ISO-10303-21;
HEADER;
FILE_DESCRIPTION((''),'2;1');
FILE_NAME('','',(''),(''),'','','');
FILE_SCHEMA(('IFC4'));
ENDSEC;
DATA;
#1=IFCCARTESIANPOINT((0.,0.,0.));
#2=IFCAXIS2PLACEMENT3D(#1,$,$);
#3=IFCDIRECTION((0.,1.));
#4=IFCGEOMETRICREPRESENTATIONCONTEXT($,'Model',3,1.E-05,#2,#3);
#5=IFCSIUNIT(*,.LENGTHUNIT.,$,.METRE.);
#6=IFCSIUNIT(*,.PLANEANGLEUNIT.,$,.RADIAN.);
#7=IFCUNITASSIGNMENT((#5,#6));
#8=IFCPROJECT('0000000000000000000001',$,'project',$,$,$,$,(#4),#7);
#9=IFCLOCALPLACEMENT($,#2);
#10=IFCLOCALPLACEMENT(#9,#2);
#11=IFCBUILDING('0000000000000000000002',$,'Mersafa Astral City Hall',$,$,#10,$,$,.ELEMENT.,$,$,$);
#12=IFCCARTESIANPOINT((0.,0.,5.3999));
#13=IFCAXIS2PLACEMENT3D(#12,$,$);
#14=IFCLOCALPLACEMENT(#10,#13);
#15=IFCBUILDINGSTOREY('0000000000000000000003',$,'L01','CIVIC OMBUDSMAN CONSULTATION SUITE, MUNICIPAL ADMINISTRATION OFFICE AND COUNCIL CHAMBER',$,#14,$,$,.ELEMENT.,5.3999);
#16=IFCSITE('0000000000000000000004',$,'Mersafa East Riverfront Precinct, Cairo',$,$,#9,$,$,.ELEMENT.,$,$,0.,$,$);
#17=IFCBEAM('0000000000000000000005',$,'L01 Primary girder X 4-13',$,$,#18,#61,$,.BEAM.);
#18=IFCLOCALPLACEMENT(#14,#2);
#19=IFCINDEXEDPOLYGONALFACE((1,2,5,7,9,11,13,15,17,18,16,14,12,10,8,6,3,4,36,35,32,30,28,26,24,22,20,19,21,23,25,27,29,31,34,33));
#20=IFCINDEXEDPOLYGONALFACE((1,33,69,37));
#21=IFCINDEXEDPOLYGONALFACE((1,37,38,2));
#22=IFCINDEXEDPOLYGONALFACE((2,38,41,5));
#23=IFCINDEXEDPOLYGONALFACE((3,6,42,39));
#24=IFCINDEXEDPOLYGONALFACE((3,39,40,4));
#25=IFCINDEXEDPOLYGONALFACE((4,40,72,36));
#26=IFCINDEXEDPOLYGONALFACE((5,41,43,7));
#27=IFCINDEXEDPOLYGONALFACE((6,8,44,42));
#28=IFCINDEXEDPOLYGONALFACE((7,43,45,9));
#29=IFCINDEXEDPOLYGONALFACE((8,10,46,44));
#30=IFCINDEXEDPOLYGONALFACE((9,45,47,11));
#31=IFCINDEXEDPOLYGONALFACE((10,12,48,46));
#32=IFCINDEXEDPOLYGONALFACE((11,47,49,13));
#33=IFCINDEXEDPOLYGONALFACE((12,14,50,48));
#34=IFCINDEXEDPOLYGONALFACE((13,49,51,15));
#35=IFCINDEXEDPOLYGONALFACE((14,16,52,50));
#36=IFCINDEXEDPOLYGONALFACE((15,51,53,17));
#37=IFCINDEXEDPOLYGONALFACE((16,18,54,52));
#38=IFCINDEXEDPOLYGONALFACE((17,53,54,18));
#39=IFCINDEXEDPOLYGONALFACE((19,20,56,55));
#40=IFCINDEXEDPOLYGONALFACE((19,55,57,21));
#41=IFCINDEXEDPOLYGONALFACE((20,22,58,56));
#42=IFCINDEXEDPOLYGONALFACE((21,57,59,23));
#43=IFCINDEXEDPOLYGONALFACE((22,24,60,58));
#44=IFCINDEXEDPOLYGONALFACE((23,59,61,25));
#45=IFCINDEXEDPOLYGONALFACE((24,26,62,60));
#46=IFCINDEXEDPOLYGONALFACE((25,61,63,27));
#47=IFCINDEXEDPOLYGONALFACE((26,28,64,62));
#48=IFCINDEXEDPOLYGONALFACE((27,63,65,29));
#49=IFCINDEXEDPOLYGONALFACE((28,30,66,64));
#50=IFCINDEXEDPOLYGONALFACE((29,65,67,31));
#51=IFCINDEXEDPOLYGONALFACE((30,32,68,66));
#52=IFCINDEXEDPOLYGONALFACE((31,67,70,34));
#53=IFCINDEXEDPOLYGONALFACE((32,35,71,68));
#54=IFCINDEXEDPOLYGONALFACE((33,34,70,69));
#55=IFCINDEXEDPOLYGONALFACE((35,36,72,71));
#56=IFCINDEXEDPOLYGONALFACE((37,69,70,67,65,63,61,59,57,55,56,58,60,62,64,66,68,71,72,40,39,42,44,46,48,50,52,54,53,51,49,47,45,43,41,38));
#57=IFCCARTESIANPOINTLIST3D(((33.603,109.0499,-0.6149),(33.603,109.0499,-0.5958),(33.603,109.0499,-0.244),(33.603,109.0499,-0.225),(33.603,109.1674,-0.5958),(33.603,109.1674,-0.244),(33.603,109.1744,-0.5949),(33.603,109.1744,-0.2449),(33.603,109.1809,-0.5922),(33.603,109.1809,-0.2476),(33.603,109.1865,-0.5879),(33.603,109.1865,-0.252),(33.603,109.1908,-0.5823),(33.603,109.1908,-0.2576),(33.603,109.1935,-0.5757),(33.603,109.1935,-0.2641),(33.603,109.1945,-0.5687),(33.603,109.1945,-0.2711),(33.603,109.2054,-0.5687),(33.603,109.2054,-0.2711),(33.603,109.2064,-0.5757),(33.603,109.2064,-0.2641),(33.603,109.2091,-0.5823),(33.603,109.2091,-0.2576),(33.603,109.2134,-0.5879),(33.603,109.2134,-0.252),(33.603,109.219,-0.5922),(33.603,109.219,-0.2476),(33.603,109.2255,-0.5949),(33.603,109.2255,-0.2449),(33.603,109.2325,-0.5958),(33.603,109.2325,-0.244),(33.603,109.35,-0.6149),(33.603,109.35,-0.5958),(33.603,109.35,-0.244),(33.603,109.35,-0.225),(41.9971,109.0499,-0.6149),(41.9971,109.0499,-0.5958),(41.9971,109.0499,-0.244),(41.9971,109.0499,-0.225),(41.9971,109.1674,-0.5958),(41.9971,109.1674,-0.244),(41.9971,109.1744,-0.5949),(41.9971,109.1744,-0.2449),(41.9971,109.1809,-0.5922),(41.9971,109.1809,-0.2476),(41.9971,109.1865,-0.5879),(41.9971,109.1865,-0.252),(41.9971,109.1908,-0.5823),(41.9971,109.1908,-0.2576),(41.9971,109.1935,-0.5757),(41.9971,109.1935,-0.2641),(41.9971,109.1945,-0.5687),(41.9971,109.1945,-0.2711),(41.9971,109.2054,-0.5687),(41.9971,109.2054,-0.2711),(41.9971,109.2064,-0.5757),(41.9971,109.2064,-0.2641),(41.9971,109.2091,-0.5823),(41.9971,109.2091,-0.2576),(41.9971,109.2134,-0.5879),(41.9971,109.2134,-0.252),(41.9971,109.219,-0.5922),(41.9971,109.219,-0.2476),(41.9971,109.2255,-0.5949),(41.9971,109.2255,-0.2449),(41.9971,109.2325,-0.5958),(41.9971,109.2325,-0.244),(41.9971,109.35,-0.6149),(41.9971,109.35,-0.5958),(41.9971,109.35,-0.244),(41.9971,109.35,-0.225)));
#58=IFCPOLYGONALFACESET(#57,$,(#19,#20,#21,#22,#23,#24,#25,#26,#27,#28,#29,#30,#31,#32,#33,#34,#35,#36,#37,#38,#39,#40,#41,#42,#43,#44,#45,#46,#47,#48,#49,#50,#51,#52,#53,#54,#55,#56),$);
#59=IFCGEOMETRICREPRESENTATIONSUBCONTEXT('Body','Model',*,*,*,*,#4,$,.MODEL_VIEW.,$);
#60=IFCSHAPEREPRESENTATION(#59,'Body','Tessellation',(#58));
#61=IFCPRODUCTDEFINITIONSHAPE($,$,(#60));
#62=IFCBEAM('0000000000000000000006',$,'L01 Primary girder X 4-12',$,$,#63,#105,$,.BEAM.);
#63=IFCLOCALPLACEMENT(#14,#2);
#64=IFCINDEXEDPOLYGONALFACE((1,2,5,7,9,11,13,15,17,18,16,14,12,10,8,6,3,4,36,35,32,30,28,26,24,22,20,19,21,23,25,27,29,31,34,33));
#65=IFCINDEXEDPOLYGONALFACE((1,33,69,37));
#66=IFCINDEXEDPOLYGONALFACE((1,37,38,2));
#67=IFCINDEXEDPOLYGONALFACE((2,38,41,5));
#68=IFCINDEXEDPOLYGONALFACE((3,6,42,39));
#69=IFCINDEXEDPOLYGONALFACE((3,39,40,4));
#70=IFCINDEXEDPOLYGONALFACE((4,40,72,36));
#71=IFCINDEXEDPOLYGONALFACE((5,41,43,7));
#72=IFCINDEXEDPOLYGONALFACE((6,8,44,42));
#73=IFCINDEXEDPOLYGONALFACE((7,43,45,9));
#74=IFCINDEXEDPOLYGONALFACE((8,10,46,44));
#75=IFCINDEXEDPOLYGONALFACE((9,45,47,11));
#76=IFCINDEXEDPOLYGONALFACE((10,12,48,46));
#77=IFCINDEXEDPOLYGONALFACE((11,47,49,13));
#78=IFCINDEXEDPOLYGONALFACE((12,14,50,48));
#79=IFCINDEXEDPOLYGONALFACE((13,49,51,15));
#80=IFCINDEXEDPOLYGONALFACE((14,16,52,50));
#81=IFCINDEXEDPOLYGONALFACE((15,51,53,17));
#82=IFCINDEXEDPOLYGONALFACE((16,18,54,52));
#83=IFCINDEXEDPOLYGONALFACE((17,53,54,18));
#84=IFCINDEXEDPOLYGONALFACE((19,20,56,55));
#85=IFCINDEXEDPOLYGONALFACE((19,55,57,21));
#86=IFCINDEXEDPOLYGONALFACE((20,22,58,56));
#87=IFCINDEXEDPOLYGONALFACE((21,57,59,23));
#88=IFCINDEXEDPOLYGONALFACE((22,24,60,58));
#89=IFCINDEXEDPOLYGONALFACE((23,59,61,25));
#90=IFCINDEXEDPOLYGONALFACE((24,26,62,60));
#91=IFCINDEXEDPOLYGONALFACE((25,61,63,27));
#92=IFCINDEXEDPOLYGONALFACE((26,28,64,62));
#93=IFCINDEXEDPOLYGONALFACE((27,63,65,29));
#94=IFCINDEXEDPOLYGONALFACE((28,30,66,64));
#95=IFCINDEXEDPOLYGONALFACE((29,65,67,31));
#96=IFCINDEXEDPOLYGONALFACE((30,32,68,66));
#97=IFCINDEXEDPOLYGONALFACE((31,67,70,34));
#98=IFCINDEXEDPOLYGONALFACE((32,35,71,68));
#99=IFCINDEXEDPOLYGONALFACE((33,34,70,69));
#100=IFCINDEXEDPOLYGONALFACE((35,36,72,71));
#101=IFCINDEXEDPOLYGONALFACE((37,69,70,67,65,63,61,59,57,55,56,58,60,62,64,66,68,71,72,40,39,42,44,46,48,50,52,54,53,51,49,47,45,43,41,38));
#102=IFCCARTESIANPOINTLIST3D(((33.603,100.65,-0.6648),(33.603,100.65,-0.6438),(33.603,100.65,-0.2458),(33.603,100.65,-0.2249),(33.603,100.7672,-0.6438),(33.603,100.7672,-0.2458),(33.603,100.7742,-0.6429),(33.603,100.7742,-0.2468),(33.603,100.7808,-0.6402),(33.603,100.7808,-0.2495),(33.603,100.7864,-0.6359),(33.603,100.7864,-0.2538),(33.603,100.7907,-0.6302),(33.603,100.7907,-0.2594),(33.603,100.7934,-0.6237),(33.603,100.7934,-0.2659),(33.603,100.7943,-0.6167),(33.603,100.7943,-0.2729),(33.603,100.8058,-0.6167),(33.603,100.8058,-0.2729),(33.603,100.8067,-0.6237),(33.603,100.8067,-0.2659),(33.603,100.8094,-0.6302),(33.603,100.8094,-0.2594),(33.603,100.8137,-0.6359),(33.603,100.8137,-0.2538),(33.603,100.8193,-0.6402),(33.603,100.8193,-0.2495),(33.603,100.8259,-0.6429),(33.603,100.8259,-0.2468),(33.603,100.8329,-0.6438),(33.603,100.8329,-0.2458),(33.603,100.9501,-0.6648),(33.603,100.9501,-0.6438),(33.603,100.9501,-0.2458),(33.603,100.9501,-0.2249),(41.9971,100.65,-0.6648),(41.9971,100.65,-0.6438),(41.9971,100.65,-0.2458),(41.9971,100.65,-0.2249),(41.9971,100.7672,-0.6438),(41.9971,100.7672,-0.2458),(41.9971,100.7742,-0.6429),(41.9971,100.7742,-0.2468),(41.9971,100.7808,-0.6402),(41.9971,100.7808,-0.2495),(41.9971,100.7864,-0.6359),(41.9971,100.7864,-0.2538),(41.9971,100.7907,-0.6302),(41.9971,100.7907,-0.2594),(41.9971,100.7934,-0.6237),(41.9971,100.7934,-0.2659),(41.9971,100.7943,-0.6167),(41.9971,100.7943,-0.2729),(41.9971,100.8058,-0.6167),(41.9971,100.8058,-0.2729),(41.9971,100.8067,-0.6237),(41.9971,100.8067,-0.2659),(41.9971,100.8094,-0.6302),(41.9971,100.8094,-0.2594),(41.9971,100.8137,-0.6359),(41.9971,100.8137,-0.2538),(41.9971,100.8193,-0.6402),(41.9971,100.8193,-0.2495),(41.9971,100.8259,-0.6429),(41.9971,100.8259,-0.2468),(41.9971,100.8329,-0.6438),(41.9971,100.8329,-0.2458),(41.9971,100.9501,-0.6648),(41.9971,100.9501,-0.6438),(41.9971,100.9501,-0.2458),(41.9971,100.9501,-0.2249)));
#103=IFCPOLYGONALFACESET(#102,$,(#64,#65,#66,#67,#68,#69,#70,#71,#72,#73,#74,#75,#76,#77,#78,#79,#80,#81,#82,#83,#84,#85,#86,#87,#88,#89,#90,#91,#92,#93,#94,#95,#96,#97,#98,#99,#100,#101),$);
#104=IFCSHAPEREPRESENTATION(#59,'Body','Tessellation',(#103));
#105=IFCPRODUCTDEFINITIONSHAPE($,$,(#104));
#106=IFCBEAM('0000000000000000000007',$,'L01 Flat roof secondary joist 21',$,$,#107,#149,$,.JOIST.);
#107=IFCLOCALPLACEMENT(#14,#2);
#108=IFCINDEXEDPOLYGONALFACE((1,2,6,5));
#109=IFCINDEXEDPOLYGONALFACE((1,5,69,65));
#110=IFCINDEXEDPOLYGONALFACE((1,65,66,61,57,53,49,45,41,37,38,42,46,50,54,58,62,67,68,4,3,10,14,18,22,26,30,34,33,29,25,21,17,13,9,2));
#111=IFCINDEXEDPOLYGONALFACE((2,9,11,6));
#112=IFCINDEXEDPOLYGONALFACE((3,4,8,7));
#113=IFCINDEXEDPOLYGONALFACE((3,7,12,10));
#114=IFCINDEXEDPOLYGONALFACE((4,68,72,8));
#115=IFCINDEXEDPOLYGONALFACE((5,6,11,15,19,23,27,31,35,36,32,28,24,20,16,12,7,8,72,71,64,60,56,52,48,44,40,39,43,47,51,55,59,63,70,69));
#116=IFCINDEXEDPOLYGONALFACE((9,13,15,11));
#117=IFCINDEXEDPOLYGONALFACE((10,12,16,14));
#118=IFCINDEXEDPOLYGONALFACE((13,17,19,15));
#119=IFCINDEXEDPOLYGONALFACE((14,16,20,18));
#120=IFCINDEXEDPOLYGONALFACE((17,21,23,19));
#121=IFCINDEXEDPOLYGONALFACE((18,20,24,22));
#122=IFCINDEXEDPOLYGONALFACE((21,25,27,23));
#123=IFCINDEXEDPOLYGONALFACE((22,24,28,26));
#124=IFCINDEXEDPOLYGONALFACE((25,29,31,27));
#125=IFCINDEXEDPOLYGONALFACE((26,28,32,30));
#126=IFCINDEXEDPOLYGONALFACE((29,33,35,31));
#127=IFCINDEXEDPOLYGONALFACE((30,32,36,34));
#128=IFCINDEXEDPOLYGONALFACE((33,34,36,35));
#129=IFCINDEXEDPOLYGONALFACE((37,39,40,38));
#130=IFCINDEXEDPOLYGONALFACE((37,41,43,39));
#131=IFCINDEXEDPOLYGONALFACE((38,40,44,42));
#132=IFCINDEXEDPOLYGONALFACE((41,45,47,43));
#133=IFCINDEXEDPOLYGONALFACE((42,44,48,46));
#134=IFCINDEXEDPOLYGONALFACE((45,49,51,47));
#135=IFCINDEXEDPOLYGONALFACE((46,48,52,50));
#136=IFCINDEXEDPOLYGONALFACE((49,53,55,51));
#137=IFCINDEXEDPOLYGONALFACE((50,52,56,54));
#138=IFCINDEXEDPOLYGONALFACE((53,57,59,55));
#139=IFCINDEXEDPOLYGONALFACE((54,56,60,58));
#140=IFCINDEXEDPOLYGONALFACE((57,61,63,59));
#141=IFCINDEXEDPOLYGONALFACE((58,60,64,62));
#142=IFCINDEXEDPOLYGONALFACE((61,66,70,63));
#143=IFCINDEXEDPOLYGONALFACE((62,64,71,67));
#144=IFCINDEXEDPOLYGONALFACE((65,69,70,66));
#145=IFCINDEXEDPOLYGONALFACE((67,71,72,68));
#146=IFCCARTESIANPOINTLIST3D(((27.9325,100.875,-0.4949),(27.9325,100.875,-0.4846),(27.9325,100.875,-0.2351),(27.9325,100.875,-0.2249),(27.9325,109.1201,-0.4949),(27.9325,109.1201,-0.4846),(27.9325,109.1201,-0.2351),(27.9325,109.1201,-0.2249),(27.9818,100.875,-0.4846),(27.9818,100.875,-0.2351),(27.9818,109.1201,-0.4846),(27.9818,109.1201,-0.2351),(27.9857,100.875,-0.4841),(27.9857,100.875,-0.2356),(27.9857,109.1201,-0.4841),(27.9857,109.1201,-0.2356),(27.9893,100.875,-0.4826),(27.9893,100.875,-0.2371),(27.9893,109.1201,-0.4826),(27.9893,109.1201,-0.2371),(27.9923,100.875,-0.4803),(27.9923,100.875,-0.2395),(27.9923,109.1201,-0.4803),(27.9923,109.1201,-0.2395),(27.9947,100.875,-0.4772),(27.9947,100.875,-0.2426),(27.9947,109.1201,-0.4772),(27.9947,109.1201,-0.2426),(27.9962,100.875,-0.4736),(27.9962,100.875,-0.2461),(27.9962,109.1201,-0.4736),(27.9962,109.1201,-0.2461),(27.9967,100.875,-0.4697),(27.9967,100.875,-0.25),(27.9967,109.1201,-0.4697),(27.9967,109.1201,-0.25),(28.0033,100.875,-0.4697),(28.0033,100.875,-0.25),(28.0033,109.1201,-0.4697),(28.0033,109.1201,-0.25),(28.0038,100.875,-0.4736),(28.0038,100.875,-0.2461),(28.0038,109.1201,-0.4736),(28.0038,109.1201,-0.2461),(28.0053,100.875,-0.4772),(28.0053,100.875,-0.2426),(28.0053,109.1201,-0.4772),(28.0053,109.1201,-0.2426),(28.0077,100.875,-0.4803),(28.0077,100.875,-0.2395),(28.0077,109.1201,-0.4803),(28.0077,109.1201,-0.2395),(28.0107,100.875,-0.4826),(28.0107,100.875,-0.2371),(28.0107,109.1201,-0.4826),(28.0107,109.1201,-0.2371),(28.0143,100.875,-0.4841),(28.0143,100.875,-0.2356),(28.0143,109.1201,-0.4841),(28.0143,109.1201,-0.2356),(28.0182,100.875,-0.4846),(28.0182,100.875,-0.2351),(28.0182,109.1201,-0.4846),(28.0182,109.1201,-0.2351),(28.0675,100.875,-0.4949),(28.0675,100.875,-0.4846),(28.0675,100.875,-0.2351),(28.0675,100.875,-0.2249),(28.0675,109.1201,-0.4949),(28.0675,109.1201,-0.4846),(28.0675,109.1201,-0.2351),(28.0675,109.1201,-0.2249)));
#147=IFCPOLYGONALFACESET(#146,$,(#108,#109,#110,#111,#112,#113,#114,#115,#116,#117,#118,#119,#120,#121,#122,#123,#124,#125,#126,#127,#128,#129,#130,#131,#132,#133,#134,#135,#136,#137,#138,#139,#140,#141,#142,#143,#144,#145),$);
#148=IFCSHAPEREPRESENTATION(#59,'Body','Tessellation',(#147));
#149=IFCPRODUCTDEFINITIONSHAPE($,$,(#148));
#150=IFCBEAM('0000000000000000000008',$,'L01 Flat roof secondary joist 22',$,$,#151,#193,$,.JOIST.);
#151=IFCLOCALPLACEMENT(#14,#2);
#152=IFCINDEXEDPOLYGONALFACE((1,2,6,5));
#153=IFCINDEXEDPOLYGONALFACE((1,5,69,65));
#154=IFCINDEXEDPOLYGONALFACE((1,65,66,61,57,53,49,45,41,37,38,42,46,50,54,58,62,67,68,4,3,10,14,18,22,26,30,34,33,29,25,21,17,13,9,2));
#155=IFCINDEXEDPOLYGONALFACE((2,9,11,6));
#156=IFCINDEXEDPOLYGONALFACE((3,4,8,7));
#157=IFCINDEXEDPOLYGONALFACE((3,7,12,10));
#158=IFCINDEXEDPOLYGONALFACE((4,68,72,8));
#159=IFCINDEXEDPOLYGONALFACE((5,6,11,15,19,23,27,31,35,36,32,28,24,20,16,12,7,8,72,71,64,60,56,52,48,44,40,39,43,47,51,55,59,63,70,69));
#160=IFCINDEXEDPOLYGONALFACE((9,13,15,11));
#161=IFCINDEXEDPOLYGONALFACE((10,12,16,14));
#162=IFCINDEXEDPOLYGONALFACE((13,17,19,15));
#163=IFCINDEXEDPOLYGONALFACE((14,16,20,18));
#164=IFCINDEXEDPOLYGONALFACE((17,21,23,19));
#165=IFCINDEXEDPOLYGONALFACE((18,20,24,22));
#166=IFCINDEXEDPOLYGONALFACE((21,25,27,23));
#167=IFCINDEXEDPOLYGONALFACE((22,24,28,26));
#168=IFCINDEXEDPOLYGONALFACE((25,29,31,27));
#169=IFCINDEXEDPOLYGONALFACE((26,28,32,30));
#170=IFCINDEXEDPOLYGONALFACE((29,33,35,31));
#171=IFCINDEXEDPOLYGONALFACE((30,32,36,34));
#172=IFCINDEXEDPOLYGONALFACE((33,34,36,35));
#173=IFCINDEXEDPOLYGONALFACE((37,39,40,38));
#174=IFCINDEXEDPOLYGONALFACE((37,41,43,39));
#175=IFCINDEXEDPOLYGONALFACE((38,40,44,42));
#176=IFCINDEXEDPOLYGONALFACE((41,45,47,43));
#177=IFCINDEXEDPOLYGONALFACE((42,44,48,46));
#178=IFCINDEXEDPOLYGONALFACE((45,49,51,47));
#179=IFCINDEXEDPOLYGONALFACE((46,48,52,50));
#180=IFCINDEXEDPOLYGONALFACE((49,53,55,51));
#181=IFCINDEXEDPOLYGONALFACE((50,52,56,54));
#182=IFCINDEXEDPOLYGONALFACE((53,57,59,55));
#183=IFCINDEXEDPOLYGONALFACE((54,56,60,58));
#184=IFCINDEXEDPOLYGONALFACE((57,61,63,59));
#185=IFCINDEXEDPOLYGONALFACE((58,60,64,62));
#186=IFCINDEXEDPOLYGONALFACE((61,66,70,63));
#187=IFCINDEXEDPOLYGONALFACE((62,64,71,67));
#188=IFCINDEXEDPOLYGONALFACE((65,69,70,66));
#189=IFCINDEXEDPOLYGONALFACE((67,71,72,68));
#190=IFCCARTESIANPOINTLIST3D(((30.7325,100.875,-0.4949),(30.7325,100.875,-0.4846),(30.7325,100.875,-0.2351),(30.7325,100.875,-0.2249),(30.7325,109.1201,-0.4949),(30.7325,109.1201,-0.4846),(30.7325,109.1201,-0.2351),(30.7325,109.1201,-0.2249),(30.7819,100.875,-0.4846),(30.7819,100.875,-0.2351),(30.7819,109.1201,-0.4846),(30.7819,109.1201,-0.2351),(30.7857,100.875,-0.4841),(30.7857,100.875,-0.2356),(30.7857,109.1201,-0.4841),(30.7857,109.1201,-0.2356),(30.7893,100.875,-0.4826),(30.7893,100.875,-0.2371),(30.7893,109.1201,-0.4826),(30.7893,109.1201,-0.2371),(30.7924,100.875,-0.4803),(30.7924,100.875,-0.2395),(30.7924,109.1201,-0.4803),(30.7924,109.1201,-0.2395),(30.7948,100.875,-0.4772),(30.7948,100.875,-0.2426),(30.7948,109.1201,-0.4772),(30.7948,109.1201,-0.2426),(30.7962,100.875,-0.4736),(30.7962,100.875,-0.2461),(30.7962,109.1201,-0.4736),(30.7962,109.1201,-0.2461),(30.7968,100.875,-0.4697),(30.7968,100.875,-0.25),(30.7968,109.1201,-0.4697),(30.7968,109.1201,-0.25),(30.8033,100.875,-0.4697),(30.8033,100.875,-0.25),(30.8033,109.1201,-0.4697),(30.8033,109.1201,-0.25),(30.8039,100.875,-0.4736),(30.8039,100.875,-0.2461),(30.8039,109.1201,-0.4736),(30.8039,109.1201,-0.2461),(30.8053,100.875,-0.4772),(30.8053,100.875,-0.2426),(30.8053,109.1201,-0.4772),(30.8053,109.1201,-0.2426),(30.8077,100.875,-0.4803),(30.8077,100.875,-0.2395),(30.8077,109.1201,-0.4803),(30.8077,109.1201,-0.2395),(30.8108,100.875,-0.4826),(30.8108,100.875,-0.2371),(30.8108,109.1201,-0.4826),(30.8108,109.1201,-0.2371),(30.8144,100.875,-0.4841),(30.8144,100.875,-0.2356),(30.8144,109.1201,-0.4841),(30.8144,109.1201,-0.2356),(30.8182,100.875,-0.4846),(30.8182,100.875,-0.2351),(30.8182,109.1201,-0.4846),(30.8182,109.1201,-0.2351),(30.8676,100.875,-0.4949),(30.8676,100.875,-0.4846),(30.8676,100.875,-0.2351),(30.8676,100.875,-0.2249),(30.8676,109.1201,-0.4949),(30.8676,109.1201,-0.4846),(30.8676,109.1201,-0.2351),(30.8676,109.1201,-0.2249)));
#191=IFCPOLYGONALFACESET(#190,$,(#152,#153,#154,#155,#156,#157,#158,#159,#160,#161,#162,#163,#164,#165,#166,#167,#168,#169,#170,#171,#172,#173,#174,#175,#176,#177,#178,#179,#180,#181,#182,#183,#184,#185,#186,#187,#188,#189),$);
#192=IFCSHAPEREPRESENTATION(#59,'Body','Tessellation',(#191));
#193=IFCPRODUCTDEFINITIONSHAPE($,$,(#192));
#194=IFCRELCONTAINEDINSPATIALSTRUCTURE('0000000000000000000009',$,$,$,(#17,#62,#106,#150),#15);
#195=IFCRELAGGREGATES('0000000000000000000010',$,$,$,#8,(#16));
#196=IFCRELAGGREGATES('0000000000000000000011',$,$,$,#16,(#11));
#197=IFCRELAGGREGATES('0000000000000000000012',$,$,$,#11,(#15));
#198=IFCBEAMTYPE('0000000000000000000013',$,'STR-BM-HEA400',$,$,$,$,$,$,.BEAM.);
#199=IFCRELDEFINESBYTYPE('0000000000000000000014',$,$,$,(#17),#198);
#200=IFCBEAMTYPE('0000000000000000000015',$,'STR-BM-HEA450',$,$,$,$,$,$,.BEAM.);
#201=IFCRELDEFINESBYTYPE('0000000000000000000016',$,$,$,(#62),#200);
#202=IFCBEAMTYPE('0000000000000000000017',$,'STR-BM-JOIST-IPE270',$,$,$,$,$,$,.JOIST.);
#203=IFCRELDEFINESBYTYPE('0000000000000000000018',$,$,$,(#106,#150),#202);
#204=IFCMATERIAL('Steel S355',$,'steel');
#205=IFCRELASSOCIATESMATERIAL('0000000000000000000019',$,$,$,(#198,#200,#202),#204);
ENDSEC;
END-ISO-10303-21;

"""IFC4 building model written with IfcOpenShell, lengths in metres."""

from ifc_helpers import new_model, si_unit, direction, frame, origin, origin_2d, place, context, subcontext, project, spatial, i_section, extrude, material, material_profile, profile_set, type_object, element, save


model = new_model("IFC4")

# Units and contexts
model_context = context("Model", 3, precision=1e-05, world=origin(), true_north=direction((0.0, 1.0)))
body_context = subcontext(model_context, "Body", "Model", "MODEL_VIEW")
ifc_project = project(units=[si_unit("LENGTHUNIT", "METRE"), si_unit("PLANEANGLEUNIT", "RADIAN")], contexts=[model_context])

# Site, building, storey
site_placement = place(None, origin())
site = spatial("IfcSite", under=ifc_project, at=site_placement, Name="Mersafa East Riverfront Precinct, Cairo", CompositionType="ELEMENT", RefElevation=0.0)
building_placement = place(site_placement, origin())
building = spatial("IfcBuilding", under=site, at=building_placement, Name="Mersafa Astral City Hall", CompositionType="ELEMENT")
storey_placement = place(building_placement, frame((0.0, 0.0, 5.3999)))
storey = spatial("IfcBuildingStorey", under=building, at=storey_placement, Name="L01", Description="CIVIC OMBUDSMAN CONSULTATION SUITE, MUNICIPAL ADMINISTRATION OFFICE AND COUNCIL CHAMBER", CompositionType="ELEMENT", Elevation=5.3999)

# Shared definitions
ifc_material_1 = material(Name="Steel S355", Category="steel")

# Beams
ifc_material_profile_1 = material_profile(ifc_material_1, i_section(OverallWidth=0.3, OverallDepth=0.3899, WebThickness=0.011, FlangeThickness=0.019, FilletRadius=0.0271, at=origin_2d()), Name="HEA 400")
ifc_profile_set_1 = profile_set([ifc_material_profile_1], Name="Steel S355")
beam_type_1 = type_object("IfcBeamType", Name="STR-BM-HEA400", PredefinedType="BEAM", material=ifc_profile_set_1)
beam_1_placement = place(storey_placement, frame((33.603, 109.2, -0.4199), z_axis=(1.0, 0.0, 0.0), x_axis=(0.0, 1.0, 0.0)))
element("IfcBeam", 1, at=beam_1_placement, inside=storey, type_object=beam_type_1, Name="L01 Primary girder X 4-13", PredefinedType="BEAM", context=body_context, shape_type="SweptSolid", body=[
    extrude(i_section(OverallWidth=0.3, OverallDepth=0.3899, WebThickness=0.011, FlangeThickness=0.019, FilletRadius=0.0271, at=origin_2d()), origin(), (0.0, 0.0, 1.0), 8.394),
])
ifc_material_profile_2 = material_profile(ifc_material_1, i_section(OverallWidth=0.3, OverallDepth=0.4399, WebThickness=0.0115, FlangeThickness=0.021, FilletRadius=0.0271, at=origin_2d()), Name="HEA 450")
ifc_profile_set_2 = profile_set([ifc_material_profile_2], Name="Steel S355")
beam_type_2 = type_object("IfcBeamType", Name="STR-BM-HEA450", PredefinedType="BEAM", material=ifc_profile_set_2)
beam_2_placement = place(storey_placement, frame((33.603, 100.8, -0.4448), z_axis=(1.0, 0.0, 0.0), x_axis=(0.0, 1.0, 0.0)))
element("IfcBeam", 2, at=beam_2_placement, inside=storey, type_object=beam_type_2, Name="L01 Primary girder X 4-12", PredefinedType="BEAM", context=body_context, shape_type="SweptSolid", body=[
    extrude(i_section(OverallWidth=0.3, OverallDepth=0.4399, WebThickness=0.0115, FlangeThickness=0.021, FilletRadius=0.0271, at=origin_2d()), origin(), (0.0, 0.0, 1.0), 8.394),
])
ifc_material_profile_3 = material_profile(ifc_material_1, i_section(OverallWidth=0.135, OverallDepth=0.27, WebThickness=0.0066, FlangeThickness=0.0103, FilletRadius=0.0149, at=origin_2d()), Name="IPE 270")
ifc_profile_set_3 = profile_set([ifc_material_profile_3], Name="Steel S355")
beam_type_3 = type_object("IfcBeamType", Name="STR-BM-JOIST-IPE270", PredefinedType="JOIST", material=ifc_profile_set_3)
for number, where, z_axis, x_axis, name in (
    (3, (28.0, 100.875, -0.3599), (0.0, 1.0, 0.0), (-1.0, 0.0, 0.0), "L01 Flat roof secondary joist 21"),
    (4, (30.8, 100.875, -0.3599), (0.0, 1.0, 0.0), (-1.0, 0.0, 0.0), "L01 Flat roof secondary joist 22"),
):
    element("IfcBeam", number, at=place(storey_placement, frame(where, z_axis=z_axis, x_axis=x_axis)), inside=storey, type_object=beam_type_3, Name=name, PredefinedType="JOIST", context=body_context, shape_type="SweptSolid", body=[
        extrude(i_section(OverallWidth=0.135, OverallDepth=0.27, WebThickness=0.0066, FlangeThickness=0.0103, FilletRadius=0.0149, at=origin_2d()), origin(), (0.0, 0.0, 1.0), 8.2451),
    ])

save(model, "model.ifc")
